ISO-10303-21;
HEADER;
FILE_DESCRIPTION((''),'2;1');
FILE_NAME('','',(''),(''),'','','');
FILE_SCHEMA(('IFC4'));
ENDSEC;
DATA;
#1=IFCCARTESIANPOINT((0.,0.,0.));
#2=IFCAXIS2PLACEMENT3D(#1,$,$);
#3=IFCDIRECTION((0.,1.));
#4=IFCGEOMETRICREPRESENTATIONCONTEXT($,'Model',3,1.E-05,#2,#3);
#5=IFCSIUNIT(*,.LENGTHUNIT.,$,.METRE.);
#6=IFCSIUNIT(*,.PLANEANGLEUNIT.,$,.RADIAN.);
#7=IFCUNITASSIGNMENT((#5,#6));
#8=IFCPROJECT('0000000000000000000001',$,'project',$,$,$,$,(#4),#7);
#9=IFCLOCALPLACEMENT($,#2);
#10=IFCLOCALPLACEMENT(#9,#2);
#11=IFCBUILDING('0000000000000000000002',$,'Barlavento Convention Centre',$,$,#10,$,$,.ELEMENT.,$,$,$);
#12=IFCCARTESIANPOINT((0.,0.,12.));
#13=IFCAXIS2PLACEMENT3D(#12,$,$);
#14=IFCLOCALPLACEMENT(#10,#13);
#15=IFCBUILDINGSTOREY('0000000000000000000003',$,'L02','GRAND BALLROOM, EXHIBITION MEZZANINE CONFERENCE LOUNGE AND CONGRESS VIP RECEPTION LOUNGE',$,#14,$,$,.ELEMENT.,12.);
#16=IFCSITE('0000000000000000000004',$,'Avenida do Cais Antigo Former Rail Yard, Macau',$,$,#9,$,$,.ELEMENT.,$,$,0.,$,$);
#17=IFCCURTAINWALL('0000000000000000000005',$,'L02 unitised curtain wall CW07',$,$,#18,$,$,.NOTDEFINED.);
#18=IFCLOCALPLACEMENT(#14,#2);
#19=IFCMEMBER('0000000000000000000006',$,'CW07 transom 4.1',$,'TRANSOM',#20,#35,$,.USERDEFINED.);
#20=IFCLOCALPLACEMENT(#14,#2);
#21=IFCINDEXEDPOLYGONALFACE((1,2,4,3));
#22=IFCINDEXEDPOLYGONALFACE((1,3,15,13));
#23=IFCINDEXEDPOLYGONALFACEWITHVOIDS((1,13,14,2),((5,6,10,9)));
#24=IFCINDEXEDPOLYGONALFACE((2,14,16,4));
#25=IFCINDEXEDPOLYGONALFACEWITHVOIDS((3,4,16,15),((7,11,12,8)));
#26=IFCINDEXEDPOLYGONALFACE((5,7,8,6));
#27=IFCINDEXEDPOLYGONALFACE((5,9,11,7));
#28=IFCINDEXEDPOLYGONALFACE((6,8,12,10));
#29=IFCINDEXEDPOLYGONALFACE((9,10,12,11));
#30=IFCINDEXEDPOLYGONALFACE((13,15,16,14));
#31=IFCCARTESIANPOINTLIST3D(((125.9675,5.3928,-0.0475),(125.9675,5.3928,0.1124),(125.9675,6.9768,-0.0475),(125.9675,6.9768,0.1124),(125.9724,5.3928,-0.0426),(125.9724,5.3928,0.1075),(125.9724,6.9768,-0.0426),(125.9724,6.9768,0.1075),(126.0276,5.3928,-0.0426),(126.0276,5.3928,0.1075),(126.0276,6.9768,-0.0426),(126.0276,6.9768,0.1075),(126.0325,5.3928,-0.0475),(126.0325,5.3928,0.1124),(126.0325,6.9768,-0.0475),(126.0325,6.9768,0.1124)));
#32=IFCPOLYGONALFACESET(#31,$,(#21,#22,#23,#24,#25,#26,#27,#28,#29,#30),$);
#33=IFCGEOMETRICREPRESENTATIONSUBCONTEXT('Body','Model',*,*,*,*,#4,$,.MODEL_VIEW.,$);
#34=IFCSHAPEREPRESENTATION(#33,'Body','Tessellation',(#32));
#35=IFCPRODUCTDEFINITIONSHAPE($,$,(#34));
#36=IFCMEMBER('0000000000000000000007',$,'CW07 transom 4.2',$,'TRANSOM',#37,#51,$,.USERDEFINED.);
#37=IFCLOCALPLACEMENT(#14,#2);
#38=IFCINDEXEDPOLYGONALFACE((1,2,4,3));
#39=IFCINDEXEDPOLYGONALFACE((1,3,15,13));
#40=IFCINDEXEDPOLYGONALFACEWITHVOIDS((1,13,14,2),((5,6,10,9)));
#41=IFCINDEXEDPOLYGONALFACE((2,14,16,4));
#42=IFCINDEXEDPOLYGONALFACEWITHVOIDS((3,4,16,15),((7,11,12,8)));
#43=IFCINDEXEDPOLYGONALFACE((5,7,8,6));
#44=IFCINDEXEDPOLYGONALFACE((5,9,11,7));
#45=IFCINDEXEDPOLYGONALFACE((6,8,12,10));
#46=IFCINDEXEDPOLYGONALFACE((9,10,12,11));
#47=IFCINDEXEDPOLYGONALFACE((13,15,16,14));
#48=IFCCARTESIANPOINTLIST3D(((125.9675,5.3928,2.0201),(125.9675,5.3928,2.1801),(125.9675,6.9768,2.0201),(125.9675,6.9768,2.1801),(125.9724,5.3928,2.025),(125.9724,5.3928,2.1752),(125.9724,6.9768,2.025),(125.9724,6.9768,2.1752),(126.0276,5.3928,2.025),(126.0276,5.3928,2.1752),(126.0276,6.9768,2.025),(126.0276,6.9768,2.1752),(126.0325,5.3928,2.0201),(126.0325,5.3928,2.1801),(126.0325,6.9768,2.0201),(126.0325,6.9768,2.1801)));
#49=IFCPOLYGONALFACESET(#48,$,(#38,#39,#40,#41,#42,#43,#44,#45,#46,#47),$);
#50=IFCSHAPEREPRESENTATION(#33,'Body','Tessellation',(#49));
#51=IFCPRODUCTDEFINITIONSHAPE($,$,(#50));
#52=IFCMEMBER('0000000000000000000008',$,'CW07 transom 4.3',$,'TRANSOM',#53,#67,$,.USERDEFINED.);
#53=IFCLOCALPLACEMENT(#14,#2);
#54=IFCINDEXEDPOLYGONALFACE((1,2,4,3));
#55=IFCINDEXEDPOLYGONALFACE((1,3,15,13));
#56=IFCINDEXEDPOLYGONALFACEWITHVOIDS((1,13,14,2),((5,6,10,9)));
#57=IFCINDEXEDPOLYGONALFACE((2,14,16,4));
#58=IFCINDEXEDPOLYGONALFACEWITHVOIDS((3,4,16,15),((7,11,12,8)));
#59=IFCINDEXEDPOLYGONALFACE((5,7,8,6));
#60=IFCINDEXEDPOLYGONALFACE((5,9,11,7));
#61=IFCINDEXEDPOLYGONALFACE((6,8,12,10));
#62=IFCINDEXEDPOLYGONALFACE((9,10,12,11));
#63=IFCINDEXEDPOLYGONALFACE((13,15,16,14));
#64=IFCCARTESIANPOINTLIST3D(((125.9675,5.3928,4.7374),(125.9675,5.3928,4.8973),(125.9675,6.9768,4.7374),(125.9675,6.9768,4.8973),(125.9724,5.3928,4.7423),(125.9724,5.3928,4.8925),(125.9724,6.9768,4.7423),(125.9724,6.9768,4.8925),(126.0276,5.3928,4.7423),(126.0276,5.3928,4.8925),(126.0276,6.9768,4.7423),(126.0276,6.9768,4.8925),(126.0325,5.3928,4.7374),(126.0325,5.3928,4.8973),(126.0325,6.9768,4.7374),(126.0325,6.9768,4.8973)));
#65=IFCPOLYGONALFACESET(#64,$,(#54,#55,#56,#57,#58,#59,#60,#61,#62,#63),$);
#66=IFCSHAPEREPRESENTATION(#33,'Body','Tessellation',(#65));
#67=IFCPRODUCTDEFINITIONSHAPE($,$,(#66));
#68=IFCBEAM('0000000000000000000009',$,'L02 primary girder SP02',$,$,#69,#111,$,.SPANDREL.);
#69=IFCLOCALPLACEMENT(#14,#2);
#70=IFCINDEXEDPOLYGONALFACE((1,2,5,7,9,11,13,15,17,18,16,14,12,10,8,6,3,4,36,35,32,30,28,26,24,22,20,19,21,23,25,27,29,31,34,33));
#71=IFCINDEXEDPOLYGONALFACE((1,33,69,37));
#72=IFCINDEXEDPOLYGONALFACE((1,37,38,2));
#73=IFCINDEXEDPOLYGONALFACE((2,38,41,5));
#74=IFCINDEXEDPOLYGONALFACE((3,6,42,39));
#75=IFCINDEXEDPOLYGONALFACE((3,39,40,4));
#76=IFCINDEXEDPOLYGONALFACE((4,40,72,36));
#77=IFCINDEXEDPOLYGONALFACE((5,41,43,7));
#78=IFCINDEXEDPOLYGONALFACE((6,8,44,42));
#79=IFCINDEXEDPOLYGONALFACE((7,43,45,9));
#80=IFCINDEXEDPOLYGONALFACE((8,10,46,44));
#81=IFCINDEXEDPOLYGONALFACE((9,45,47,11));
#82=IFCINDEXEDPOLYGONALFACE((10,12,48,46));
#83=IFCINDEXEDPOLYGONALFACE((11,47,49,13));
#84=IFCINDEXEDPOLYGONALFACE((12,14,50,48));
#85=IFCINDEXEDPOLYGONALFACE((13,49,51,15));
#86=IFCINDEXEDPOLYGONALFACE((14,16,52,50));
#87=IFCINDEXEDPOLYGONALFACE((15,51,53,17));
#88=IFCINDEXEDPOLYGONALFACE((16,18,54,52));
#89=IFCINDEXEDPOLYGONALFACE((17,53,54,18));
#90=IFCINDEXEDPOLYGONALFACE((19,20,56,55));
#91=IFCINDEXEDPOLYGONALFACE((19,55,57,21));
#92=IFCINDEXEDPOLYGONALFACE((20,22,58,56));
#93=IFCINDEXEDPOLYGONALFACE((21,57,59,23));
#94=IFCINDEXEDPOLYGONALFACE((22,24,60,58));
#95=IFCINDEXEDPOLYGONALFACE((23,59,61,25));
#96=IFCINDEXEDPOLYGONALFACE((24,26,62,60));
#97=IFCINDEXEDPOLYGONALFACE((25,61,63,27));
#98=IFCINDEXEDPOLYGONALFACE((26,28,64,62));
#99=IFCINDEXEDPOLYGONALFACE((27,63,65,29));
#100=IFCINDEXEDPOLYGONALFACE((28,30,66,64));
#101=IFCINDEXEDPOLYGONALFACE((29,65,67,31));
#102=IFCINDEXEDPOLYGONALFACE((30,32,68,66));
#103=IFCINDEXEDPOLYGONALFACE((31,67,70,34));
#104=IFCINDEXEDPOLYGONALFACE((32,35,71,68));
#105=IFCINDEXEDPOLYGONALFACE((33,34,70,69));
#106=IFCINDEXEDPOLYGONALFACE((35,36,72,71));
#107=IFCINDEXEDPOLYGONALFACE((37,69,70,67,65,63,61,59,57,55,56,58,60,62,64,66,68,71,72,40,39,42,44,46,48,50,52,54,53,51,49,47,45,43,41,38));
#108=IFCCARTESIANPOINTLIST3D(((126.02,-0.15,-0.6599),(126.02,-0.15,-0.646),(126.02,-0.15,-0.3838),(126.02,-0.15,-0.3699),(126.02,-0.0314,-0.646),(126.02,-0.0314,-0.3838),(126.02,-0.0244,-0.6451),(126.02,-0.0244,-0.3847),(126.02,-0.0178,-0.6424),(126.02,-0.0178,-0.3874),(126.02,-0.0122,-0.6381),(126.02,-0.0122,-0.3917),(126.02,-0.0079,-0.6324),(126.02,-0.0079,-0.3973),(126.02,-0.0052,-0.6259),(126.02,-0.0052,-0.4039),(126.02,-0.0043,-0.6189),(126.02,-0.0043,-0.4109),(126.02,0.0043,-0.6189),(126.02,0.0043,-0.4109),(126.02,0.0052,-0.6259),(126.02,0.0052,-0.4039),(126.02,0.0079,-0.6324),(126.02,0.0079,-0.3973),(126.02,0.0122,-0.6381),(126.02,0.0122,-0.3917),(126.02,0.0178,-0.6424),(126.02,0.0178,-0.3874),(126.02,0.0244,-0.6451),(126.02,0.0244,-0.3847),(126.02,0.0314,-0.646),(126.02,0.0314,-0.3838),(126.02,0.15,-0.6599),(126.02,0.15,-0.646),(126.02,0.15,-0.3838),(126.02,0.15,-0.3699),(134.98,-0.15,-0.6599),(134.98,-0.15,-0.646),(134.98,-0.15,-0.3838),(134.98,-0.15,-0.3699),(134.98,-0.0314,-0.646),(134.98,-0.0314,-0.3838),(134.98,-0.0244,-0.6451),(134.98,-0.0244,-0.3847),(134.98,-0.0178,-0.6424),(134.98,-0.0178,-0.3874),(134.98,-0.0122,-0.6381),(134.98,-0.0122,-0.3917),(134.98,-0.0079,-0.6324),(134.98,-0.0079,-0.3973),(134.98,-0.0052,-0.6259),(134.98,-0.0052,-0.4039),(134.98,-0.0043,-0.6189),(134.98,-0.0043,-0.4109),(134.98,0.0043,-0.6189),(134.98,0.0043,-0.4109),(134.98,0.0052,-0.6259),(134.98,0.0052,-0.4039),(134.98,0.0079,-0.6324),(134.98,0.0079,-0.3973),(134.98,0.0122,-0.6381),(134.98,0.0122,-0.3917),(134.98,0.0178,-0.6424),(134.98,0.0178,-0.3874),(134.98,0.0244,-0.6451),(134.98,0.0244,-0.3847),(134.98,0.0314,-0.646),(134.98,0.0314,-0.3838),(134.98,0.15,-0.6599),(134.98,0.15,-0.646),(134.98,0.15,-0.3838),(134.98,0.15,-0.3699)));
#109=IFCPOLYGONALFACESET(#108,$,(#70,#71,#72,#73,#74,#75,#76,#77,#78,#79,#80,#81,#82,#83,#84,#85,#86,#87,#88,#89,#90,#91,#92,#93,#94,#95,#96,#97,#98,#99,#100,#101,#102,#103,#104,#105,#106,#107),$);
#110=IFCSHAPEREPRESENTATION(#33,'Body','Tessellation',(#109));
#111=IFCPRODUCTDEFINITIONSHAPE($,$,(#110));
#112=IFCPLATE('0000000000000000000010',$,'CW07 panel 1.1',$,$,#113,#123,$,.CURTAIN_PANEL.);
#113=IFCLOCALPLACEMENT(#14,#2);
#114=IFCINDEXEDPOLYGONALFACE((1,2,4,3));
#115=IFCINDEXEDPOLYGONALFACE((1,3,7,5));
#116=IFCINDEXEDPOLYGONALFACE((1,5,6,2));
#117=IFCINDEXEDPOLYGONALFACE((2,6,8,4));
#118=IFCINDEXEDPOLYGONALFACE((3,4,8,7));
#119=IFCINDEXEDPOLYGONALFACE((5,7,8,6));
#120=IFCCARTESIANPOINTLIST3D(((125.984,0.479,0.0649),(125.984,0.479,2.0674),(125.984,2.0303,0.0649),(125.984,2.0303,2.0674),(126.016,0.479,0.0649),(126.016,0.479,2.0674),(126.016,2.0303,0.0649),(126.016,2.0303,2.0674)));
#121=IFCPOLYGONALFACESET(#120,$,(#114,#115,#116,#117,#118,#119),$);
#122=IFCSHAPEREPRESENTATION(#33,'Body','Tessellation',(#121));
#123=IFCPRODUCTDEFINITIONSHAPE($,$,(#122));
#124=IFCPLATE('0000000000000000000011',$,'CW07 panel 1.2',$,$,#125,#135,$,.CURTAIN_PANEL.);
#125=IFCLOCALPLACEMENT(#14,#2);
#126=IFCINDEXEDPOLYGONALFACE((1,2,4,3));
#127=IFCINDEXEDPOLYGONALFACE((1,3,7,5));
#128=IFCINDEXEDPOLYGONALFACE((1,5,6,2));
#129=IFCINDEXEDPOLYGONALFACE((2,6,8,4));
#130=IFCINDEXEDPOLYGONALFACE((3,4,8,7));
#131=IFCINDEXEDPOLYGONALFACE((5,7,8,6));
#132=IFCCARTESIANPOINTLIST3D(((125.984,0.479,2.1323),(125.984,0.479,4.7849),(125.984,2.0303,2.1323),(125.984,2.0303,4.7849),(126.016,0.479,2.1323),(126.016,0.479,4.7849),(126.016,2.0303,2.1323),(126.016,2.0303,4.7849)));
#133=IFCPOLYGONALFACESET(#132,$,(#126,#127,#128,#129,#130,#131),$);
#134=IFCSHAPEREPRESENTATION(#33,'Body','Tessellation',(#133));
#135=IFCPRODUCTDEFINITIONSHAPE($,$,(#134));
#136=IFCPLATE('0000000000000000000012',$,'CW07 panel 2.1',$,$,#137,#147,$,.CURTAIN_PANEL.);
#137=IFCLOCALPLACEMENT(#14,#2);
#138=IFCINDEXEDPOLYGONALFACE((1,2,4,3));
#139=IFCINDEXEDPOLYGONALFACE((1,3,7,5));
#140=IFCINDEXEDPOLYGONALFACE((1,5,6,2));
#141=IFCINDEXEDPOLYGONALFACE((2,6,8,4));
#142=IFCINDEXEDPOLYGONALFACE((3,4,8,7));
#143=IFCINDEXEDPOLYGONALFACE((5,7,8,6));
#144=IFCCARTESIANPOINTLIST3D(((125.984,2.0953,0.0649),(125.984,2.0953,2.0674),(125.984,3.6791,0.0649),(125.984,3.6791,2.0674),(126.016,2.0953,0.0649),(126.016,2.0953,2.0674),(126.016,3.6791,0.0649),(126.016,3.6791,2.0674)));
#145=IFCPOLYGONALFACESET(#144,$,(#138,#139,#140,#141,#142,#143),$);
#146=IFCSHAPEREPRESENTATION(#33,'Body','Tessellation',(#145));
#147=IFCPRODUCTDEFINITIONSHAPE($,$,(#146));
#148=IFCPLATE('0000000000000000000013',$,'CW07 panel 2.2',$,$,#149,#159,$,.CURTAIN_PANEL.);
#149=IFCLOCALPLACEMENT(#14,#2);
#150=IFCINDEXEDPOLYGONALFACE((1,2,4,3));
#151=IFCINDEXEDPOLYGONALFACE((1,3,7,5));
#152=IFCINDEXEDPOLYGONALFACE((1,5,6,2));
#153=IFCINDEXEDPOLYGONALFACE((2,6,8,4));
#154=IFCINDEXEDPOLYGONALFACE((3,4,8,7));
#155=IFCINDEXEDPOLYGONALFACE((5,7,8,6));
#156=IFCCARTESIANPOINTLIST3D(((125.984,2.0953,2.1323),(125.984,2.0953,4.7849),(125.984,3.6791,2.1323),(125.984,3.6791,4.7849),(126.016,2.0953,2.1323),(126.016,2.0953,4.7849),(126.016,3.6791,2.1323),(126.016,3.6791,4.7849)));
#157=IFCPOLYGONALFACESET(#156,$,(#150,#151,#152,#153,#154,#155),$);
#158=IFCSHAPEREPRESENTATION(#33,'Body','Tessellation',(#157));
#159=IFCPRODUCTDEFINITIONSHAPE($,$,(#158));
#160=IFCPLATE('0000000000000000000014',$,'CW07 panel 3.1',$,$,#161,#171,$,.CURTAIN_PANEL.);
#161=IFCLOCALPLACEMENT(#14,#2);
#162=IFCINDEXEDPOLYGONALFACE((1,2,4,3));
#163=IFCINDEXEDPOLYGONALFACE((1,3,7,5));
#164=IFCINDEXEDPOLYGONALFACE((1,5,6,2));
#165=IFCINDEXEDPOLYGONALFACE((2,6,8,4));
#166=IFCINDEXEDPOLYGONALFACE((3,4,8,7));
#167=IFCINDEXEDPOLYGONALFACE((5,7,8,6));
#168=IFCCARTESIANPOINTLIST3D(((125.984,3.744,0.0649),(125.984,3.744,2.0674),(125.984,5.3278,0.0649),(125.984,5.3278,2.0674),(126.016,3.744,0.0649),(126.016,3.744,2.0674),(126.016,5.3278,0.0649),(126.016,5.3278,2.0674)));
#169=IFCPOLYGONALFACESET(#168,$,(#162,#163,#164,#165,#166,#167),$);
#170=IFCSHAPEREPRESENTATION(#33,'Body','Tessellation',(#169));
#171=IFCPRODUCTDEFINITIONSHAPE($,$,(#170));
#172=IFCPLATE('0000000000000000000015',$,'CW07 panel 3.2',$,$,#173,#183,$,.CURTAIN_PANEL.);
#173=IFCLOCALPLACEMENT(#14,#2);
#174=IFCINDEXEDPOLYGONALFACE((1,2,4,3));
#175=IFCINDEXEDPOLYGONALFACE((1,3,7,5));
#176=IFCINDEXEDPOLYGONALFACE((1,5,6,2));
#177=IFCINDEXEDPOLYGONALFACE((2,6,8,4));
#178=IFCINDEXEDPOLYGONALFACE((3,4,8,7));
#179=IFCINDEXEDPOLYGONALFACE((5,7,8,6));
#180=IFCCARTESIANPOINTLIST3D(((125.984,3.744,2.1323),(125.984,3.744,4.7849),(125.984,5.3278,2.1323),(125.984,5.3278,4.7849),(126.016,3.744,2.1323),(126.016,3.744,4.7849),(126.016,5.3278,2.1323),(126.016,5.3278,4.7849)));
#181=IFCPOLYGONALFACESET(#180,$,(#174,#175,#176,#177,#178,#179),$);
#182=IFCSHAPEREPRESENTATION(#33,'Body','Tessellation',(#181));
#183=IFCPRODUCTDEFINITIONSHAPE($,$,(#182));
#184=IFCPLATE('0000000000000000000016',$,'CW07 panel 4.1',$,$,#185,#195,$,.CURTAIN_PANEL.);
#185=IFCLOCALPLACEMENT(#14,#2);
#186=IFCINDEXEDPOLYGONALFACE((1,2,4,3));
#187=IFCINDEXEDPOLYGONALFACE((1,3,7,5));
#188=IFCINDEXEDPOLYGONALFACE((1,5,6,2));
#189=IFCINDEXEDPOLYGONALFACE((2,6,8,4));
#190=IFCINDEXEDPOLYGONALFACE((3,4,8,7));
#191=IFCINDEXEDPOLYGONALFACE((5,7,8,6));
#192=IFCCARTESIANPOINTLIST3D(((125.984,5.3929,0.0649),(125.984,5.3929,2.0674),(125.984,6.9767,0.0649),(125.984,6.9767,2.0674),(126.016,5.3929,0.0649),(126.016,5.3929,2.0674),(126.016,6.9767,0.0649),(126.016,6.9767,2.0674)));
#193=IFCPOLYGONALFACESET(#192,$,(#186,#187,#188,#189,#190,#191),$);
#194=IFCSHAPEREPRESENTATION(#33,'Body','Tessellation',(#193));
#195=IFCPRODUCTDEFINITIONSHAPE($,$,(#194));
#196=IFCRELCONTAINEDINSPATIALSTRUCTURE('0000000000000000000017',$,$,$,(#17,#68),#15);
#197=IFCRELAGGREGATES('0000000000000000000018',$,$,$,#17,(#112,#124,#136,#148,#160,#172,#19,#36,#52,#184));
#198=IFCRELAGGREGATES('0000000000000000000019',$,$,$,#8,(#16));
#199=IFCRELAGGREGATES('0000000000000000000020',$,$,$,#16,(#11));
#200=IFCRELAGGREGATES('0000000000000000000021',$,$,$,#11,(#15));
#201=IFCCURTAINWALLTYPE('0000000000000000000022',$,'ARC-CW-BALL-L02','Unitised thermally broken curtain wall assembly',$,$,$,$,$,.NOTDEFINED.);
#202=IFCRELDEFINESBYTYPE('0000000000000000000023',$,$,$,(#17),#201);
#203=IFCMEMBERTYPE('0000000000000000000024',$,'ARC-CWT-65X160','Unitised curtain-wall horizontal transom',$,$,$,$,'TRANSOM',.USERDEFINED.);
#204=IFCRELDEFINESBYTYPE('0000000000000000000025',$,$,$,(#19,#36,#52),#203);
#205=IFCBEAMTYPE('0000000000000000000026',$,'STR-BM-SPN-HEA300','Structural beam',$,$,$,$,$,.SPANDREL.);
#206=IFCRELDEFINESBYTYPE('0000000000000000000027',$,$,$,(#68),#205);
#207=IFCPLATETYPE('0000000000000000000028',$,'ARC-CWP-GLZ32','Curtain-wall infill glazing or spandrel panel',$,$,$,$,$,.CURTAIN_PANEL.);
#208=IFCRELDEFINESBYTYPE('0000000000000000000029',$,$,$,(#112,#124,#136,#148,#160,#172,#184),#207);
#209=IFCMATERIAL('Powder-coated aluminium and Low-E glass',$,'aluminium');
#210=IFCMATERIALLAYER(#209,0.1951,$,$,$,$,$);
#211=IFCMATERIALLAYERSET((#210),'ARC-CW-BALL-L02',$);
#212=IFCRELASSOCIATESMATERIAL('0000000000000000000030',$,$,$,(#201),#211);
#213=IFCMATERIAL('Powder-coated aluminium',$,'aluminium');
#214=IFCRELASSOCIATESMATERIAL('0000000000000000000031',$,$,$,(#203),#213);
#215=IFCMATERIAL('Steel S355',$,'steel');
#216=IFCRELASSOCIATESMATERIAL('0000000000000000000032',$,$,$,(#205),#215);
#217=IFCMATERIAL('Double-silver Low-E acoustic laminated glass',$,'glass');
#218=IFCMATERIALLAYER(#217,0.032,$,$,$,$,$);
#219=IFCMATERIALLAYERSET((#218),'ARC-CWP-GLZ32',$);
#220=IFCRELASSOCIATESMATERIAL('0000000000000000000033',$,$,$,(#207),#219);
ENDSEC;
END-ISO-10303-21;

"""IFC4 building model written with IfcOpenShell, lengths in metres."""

from ifc_helpers import new_model, si_unit, direction, frame, origin, origin_2d, place, context, subcontext, project, spatial, rectangle, hollow_rectangle, i_section, extrude, material, layer, layer_set, material_profile, profile_set, type_object, element, aggregate, save


model = new_model("IFC4")

# Units and contexts
model_context = context("Model", 3, precision=1e-05, world=origin(), true_north=direction((0.0, 1.0)))
body_context = subcontext(model_context, "Body", "Model", "MODEL_VIEW")
ifc_project = project(units=[si_unit("LENGTHUNIT", "METRE"), si_unit("PLANEANGLEUNIT", "RADIAN")], contexts=[model_context])

# Site, building, storey
site_placement = place(None, origin())
site = spatial("IfcSite", under=ifc_project, at=site_placement, Name="Avenida do Cais Antigo Former Rail Yard, Macau", CompositionType="ELEMENT", RefElevation=0.0)
building_placement = place(site_placement, origin())
building = spatial("IfcBuilding", under=site, at=building_placement, Name="Barlavento Convention Centre", CompositionType="ELEMENT")
storey_placement = place(building_placement, frame((0.0, 0.0, 12.0)))
storey = spatial("IfcBuildingStorey", under=building, at=storey_placement, Name="L02", Description="GRAND BALLROOM, EXHIBITION MEZZANINE CONFERENCE LOUNGE AND CONGRESS VIP RECEPTION LOUNGE", CompositionType="ELEMENT", Elevation=12.0)

# Curtain wall
ifc_material_1 = material(Name="Powder-coated aluminium and Low-E glass", Category="aluminium")
ifc_layer_1 = layer(ifc_material_1, 0.1951)
ifc_layer_set_1 = layer_set([ifc_layer_1], Name="ARC-CW-BALL-L02")
curtain_wall_type = type_object("IfcCurtainWallType", Name="ARC-CW-BALL-L02", Description="Unitised thermally broken curtain wall assembly", PredefinedType="NOTDEFINED", material=ifc_layer_set_1)
curtain_wall_1_placement = place(storey_placement, origin())
curtain_wall_1 = element("IfcCurtainWall", 1, at=curtain_wall_1_placement, inside=storey, type_object=curtain_wall_type, Name="L02 unitised curtain wall CW07", PredefinedType="NOTDEFINED")
ifc_material_2 = material(Name="Powder-coated aluminium", Category="aluminium")
ifc_material_profile_1 = material_profile(ifc_material_2, hollow_rectangle(XDim=0.0649, YDim=0.1599, WallThickness=0.0049, at=origin_2d()), Name="AL-TRAN 65x160x5")
ifc_profile_set_1 = profile_set([ifc_material_profile_1], Name="Powder-coated aluminium")
member_type_1 = type_object("IfcMemberType", Name="ARC-CWT-65X160", Description="Unitised curtain-wall horizontal transom", ElementType="TRANSOM", PredefinedType="USERDEFINED", material=ifc_profile_set_1)

# Members
member_1_placement = place(storey_placement, frame((126.0, 5.3928, 0.0325), z_axis=(0.0, 1.0, 0.0), x_axis=(-1.0, 0.0, 0.0)))
member_1 = element("IfcMember", 2, at=member_1_placement, type_object=member_type_1, Name="CW07 transom 4.1", ObjectType="TRANSOM", PredefinedType="USERDEFINED", context=body_context, shape_type="SweptSolid", body=[
    extrude(hollow_rectangle(XDim=0.0649, YDim=0.1599, WallThickness=0.0049, at=origin_2d()), origin(), (0.0, 0.0, 1.0), 1.584),
])
member_2_placement = place(storey_placement, frame((126.0, 5.3928, 2.1001), z_axis=(0.0, 1.0, 0.0), x_axis=(-1.0, 0.0, 0.0)))
member_2 = element("IfcMember", 3, at=member_2_placement, type_object=member_type_1, Name="CW07 transom 4.2", ObjectType="TRANSOM", PredefinedType="USERDEFINED", context=body_context, shape_type="SweptSolid", body=[
    extrude(hollow_rectangle(XDim=0.0649, YDim=0.1599, WallThickness=0.0049, at=origin_2d()), origin(), (0.0, 0.0, 1.0), 1.584),
])
member_3_placement = place(storey_placement, frame((126.0, 5.3928, 4.8174), z_axis=(0.0, 1.0, 0.0), x_axis=(-1.0, 0.0, 0.0)))
member_3 = element("IfcMember", 4, at=member_3_placement, type_object=member_type_1, Name="CW07 transom 4.3", ObjectType="TRANSOM", PredefinedType="USERDEFINED", context=body_context, shape_type="SweptSolid", body=[
    extrude(hollow_rectangle(XDim=0.0649, YDim=0.1599, WallThickness=0.0049, at=origin_2d()), origin(), (0.0, 0.0, 1.0), 1.584),
])

# Beam
ifc_material_3 = material(Name="Steel S355", Category="steel")
ifc_material_profile_2 = material_profile(ifc_material_3, i_section(OverallWidth=0.3, OverallDepth=0.29, WebThickness=0.0085, FlangeThickness=0.0139, FilletRadius=0.0271, at=origin_2d()), Name="HEA 300")
ifc_profile_set_2 = profile_set([ifc_material_profile_2], Name="Steel S355")
beam_type = type_object("IfcBeamType", Name="STR-BM-SPN-HEA300", Description="Structural beam", PredefinedType="SPANDREL", material=ifc_profile_set_2)
beam_placement = place(storey_placement, frame((126.02, 0.0, -0.5149), z_axis=(1.0, 0.0, 0.0), x_axis=(0.0, 1.0, 0.0)))
element("IfcBeam", 5, at=beam_placement, inside=storey, type_object=beam_type, Name="L02 primary girder SP02", PredefinedType="SPANDREL", context=body_context, shape_type="SweptSolid", body=[
    extrude(i_section(OverallWidth=0.3, OverallDepth=0.29, WebThickness=0.0085, FlangeThickness=0.0139, FilletRadius=0.0271, at=origin_2d()), origin(), (0.0, 0.0, 1.0), 8.96),
])

# Plates
ifc_material_4 = material(Name="Double-silver Low-E acoustic laminated glass", Category="glass")
ifc_layer_2 = layer(ifc_material_4, 0.032)
ifc_layer_set_2 = layer_set([ifc_layer_2], Name="ARC-CWP-GLZ32")
plate_type_1 = type_object("IfcPlateType", Name="ARC-CWP-GLZ32", Description="Curtain-wall infill glazing or spandrel panel", PredefinedType="CURTAIN_PANEL", material=ifc_layer_set_2)
plate_1_placement = place(storey_placement, frame((126.0, 1.2546, 0.0649), z_axis=(0.0, 0.0, 1.0), x_axis=(0.0, 1.0, 0.0)))
plate_1 = element("IfcPlate", 6, at=plate_1_placement, type_object=plate_type_1, Name="CW07 panel 1.1", PredefinedType="CURTAIN_PANEL", context=body_context, shape_type="SweptSolid", body=[
    extrude(rectangle(XDim=1.5513, YDim=0.032, at=origin_2d()), origin(), (0.0, 0.0, 1.0), 2.0024),
])
plate_2_placement = place(storey_placement, frame((126.0, 1.2546, 2.1323), z_axis=(0.0, 0.0, 1.0), x_axis=(0.0, 1.0, 0.0)))
plate_2 = element("IfcPlate", 7, at=plate_2_placement, type_object=plate_type_1, Name="CW07 panel 1.2", PredefinedType="CURTAIN_PANEL", context=body_context, shape_type="SweptSolid", body=[
    extrude(rectangle(XDim=1.5513, YDim=0.032, at=origin_2d()), origin(), (0.0, 0.0, 1.0), 2.6526),
])
plate_3_placement = place(storey_placement, frame((126.0, 2.8872, 0.0649), z_axis=(0.0, 0.0, 1.0), x_axis=(0.0, 1.0, 0.0)))
plate_3 = element("IfcPlate", 8, at=plate_3_placement, type_object=plate_type_1, Name="CW07 panel 2.1", PredefinedType="CURTAIN_PANEL", context=body_context, shape_type="SweptSolid", body=[
    extrude(rectangle(XDim=1.5837, YDim=0.032, at=origin_2d()), origin(), (0.0, 0.0, 1.0), 2.0024),
])
plate_4_placement = place(storey_placement, frame((126.0, 2.8872, 2.1323), z_axis=(0.0, 0.0, 1.0), x_axis=(0.0, 1.0, 0.0)))
plate_4 = element("IfcPlate", 9, at=plate_4_placement, type_object=plate_type_1, Name="CW07 panel 2.2", PredefinedType="CURTAIN_PANEL", context=body_context, shape_type="SweptSolid", body=[
    extrude(rectangle(XDim=1.5837, YDim=0.032, at=origin_2d()), origin(), (0.0, 0.0, 1.0), 2.6526),
])
plate_5_placement = place(storey_placement, frame((126.0, 4.5359, 0.0649), z_axis=(0.0, 0.0, 1.0), x_axis=(0.0, 1.0, 0.0)))
plate_5 = element("IfcPlate", 10, at=plate_5_placement, type_object=plate_type_1, Name="CW07 panel 3.1", PredefinedType="CURTAIN_PANEL", context=body_context, shape_type="SweptSolid", body=[
    extrude(rectangle(XDim=1.5837, YDim=0.032, at=origin_2d()), origin(), (0.0, 0.0, 1.0), 2.0024),
])
plate_6_placement = place(storey_placement, frame((126.0, 4.5359, 2.1323), z_axis=(0.0, 0.0, 1.0), x_axis=(0.0, 1.0, 0.0)))
plate_6 = element("IfcPlate", 11, at=plate_6_placement, type_object=plate_type_1, Name="CW07 panel 3.2", PredefinedType="CURTAIN_PANEL", context=body_context, shape_type="SweptSolid", body=[
    extrude(rectangle(XDim=1.5837, YDim=0.032, at=origin_2d()), origin(), (0.0, 0.0, 1.0), 2.6526),
])
plate_7_placement = place(storey_placement, frame((126.0, 6.1848, 0.0649), z_axis=(0.0, 0.0, 1.0), x_axis=(0.0, 1.0, 0.0)))
plate_7 = element("IfcPlate", 12, at=plate_7_placement, type_object=plate_type_1, Name="CW07 panel 4.1", PredefinedType="CURTAIN_PANEL", context=body_context, shape_type="SweptSolid", body=[
    extrude(rectangle(XDim=1.5837, YDim=0.032, at=origin_2d()), origin(), (0.0, 0.0, 1.0), 2.0024),
])
aggregate(curtain_wall_1, [plate_1, plate_2, plate_3, plate_4, plate_5, plate_6, member_1, member_2, member_3, plate_7])

save(model, "model.ifc")
